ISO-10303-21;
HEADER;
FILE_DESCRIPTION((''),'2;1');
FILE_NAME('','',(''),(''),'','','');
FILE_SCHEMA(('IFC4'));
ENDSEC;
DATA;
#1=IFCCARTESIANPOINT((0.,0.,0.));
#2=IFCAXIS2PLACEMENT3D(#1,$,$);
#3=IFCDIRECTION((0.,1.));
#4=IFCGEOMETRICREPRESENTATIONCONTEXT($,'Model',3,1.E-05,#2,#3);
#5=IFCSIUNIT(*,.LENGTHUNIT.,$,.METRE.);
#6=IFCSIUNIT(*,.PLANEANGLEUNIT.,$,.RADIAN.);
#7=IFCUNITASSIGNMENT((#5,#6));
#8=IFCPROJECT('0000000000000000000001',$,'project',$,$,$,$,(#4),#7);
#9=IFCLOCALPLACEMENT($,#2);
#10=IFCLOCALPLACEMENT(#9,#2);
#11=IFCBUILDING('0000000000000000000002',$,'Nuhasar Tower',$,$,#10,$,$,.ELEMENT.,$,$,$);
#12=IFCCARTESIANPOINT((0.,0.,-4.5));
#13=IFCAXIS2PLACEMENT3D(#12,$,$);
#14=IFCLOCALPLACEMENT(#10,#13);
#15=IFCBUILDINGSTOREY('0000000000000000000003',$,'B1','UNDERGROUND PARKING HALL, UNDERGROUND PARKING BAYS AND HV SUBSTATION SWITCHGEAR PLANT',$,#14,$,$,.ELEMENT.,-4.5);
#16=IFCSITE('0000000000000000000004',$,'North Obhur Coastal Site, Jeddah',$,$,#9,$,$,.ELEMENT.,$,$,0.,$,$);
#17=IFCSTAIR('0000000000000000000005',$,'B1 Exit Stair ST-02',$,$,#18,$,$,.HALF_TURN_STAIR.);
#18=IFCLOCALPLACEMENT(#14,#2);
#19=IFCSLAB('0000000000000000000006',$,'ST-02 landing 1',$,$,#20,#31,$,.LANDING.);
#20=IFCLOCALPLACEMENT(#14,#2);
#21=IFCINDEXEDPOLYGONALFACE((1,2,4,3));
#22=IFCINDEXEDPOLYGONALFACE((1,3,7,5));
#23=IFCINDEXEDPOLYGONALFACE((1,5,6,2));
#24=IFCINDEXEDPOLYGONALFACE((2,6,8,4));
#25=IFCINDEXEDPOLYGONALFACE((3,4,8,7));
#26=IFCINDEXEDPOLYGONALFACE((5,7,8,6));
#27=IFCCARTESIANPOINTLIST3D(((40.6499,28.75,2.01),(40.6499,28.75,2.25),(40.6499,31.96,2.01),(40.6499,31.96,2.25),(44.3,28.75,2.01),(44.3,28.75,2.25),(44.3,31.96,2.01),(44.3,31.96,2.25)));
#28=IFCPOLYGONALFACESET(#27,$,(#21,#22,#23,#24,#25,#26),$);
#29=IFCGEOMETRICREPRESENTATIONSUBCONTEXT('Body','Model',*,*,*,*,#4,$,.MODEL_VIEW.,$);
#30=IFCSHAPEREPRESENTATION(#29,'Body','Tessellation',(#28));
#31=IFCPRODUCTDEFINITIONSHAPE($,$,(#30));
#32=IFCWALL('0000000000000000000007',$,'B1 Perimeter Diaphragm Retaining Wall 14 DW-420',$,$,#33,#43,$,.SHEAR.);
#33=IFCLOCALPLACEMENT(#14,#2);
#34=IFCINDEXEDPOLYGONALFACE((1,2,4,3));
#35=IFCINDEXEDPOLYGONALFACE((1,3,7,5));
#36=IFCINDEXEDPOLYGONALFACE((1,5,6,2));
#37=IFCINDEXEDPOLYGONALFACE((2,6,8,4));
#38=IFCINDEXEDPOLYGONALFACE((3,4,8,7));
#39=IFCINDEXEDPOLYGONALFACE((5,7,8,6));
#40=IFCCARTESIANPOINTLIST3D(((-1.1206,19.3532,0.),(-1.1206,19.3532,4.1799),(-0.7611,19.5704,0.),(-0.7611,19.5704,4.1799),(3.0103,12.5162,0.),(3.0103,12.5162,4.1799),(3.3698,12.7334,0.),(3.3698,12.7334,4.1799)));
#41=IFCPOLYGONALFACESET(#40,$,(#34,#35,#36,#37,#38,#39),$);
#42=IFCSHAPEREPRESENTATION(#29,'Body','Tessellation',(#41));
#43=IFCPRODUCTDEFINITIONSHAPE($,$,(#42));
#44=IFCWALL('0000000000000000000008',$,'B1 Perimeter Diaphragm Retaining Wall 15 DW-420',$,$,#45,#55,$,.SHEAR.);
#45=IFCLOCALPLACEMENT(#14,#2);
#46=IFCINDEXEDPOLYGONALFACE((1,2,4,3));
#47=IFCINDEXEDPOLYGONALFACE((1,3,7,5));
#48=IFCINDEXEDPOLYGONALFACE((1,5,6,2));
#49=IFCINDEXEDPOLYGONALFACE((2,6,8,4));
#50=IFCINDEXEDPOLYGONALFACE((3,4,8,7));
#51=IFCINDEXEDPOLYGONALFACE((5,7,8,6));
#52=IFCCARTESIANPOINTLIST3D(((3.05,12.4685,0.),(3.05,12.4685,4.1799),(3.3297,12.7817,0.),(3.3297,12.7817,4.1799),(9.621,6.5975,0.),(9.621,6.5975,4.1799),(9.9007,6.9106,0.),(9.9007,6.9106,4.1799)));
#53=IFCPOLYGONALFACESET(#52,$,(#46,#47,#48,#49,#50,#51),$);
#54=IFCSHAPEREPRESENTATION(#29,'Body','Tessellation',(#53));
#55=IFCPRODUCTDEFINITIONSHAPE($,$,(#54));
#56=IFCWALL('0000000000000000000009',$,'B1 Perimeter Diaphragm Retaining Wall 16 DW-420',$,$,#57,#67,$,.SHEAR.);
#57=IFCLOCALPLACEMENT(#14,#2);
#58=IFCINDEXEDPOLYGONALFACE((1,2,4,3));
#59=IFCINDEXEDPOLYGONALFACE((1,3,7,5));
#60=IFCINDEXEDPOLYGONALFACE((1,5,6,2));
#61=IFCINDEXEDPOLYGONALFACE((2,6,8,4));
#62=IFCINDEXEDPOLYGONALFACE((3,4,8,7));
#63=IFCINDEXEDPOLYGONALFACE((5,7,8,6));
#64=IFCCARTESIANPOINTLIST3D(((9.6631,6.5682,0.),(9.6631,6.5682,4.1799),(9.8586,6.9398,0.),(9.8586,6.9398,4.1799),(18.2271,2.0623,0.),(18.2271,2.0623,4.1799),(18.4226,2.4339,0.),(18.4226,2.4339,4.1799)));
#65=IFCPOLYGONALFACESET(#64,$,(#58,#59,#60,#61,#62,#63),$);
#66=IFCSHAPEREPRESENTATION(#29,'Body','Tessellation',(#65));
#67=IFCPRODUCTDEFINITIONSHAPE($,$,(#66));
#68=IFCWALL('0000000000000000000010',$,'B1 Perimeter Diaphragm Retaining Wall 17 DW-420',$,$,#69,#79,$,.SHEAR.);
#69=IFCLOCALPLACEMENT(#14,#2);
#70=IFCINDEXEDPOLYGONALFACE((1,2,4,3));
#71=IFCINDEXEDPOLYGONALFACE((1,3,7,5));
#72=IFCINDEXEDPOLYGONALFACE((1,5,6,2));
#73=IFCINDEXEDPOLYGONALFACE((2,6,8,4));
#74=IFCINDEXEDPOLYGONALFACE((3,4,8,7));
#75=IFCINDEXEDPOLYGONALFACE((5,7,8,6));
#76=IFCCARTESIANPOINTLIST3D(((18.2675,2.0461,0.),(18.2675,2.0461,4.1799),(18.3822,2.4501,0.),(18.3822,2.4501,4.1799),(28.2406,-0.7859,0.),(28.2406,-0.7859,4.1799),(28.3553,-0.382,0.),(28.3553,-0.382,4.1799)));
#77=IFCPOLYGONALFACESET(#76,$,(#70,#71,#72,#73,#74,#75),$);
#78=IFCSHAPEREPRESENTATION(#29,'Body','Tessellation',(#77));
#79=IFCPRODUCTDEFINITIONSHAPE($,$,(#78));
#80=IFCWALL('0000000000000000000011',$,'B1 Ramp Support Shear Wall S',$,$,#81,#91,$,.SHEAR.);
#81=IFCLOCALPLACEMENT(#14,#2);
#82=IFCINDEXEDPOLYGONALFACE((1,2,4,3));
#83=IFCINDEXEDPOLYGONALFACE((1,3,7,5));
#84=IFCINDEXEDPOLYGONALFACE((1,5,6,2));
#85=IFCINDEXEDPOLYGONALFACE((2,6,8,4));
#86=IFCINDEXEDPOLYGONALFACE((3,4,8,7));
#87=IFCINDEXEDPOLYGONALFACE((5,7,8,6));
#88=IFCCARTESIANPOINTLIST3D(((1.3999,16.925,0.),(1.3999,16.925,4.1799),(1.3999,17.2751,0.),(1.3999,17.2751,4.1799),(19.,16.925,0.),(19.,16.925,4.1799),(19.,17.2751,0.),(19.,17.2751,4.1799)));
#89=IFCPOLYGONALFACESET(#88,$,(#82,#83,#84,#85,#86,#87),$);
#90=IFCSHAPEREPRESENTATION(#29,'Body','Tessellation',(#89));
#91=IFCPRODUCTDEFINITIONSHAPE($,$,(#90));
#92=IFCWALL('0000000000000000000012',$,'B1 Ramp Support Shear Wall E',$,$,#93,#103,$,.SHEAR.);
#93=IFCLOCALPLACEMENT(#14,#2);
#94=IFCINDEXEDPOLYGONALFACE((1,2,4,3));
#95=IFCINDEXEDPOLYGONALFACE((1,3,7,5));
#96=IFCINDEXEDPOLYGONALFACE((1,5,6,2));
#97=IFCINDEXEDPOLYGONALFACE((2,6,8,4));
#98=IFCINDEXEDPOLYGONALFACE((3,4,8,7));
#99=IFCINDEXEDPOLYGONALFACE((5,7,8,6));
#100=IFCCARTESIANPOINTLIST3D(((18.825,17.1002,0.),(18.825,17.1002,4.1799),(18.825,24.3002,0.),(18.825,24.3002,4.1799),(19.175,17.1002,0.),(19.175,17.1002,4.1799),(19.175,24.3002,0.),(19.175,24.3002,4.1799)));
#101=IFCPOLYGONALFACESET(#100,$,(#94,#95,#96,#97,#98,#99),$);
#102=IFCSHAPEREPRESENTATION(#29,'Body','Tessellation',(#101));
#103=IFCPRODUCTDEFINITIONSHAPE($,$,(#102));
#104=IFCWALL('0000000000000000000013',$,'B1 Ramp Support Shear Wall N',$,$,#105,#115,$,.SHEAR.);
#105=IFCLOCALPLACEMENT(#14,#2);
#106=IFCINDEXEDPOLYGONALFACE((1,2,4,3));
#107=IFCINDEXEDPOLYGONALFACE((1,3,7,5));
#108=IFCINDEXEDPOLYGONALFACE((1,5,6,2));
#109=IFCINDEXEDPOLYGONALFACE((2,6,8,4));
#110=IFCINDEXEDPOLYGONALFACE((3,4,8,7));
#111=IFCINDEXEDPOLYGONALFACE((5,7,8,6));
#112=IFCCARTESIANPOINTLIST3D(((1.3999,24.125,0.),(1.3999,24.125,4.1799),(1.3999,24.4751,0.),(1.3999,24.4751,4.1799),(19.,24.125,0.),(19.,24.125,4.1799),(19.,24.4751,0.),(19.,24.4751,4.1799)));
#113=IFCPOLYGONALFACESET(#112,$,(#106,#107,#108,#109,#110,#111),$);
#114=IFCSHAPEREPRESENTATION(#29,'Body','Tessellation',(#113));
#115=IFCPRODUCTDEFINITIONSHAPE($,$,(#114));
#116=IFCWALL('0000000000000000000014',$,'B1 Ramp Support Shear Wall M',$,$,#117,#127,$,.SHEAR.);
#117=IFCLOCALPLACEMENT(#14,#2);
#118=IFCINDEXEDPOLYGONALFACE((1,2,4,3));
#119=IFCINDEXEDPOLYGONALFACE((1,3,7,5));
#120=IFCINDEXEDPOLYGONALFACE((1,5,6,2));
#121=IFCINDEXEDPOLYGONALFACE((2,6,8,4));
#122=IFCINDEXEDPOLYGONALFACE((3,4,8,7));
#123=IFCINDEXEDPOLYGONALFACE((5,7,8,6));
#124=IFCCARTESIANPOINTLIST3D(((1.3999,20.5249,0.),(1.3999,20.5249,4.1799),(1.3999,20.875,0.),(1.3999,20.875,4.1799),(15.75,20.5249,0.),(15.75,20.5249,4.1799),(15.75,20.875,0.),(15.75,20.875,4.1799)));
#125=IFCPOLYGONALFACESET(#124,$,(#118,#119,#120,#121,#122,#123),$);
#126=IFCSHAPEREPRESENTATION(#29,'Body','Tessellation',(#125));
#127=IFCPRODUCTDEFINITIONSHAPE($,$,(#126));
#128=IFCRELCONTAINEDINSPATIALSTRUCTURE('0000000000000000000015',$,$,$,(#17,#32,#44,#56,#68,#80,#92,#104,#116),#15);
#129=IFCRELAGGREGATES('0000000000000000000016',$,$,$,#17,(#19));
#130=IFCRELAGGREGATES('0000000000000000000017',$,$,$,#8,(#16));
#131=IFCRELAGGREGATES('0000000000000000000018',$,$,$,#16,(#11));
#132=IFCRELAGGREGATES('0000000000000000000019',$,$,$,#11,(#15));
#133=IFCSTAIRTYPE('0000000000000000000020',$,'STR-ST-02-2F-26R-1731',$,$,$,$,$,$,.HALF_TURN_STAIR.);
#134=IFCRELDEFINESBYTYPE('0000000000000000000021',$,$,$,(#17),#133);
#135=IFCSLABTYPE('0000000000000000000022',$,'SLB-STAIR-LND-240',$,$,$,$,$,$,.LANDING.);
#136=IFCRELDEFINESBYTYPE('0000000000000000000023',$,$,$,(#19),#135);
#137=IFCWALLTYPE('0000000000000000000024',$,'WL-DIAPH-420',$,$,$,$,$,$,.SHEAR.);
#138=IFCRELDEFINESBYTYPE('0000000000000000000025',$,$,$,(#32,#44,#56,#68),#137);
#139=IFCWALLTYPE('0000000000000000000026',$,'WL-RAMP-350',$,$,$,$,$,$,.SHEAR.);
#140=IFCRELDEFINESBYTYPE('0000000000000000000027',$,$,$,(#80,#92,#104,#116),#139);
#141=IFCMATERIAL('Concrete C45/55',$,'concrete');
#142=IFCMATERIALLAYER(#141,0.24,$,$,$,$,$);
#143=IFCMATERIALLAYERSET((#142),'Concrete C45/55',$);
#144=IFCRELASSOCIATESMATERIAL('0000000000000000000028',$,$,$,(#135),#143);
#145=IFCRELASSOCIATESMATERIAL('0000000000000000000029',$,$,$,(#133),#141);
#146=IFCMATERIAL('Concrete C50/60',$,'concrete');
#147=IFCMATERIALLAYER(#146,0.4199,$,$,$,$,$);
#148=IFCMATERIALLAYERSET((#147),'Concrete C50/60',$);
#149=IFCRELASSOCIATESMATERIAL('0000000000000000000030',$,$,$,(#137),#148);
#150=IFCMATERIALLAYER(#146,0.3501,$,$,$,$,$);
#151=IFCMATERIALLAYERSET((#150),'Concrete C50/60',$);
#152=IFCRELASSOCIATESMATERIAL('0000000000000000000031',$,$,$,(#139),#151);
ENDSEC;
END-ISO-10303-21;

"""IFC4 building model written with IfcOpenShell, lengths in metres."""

from ifc_helpers import new_model, si_unit, direction, frame, frame_2d, origin, place, context, subcontext, project, spatial, polyline, rectangle, outline, extrude, material, layer, layer_set, type_object, element, aggregate, save


model = new_model("IFC4")

# Units and contexts
model_context = context("Model", 3, precision=1e-05, world=origin(), true_north=direction((0.0, 1.0)))
body_context = subcontext(model_context, "Body", "Model", "MODEL_VIEW")
ifc_project = project(units=[si_unit("LENGTHUNIT", "METRE"), si_unit("PLANEANGLEUNIT", "RADIAN")], contexts=[model_context])

# Site, building, storey
site_placement = place(None, origin())
site = spatial("IfcSite", under=ifc_project, at=site_placement, Name="North Obhur Coastal Site, Jeddah", CompositionType="ELEMENT", RefElevation=0.0)
building_placement = place(site_placement, origin())
building = spatial("IfcBuilding", under=site, at=building_placement, Name="Nuhasar Tower", CompositionType="ELEMENT")
storey_placement = place(building_placement, frame((0.0, 0.0, -4.5)))
storey = spatial("IfcBuildingStorey", under=building, at=storey_placement, Name="B1", Description="UNDERGROUND PARKING HALL, UNDERGROUND PARKING BAYS AND HV SUBSTATION SWITCHGEAR PLANT", CompositionType="ELEMENT", Elevation=-4.5)

# Shared definitions
ifc_material_1 = material(Name="Concrete C50/60", Category="concrete")

# Shared definitions
ifc_material_2 = material(Name="Concrete C45/55", Category="concrete")

# Stair, slab
ifc_layer_1 = layer(ifc_material_2, 0.24)
ifc_layer_set_1 = layer_set([ifc_layer_1], Name="Concrete C45/55")
slab_type_1 = type_object("IfcSlabType", Name="SLB-STAIR-LND-240", PredefinedType="LANDING", material=ifc_layer_set_1)
stair_type_1 = type_object("IfcStairType", Name="STR-ST-02-2F-26R-1731", PredefinedType="HALF_TURN_STAIR", material=ifc_material_2)
stair_1_placement = place(storey_placement, origin())
stair_1 = element("IfcStair", 1, at=stair_1_placement, inside=storey, type_object=stair_type_1, Name="B1 Exit Stair ST-02", PredefinedType="HALF_TURN_STAIR")
slab_1_placement = place(storey_placement, frame((0.0, 0.0, 2.01)))
slab_1 = element("IfcSlab", 2, at=slab_1_placement, type_object=slab_type_1, Name="ST-02 landing 1", PredefinedType="LANDING", context=body_context, shape_type="SweptSolid", body=[
    extrude(outline(polyline([(40.6499, 28.75), (44.3, 28.75), (44.3, 31.96), (40.6499, 31.96), (40.6499, 28.75)])), origin(), (0.0, 0.0, 1.0), 0.24),
])
aggregate(stair_1, [slab_1])

# Walls
ifc_layer_2 = layer(ifc_material_1, 0.4199)
ifc_layer_set_2 = layer_set([ifc_layer_2], Name="Concrete C50/60")
wall_type_1 = type_object("IfcWallType", Name="WL-DIAPH-420", PredefinedType="SHEAR", material=ifc_layer_set_2)
wall_1_placement = place(storey_placement, frame((-0.9409, 19.4619, 0.0), z_axis=(0.0, 0.0, 1.0), x_axis=(0.517136, -0.855903, 0.0)))
element("IfcWall", 3, at=wall_1_placement, inside=storey, type_object=wall_type_1, Name="B1 Perimeter Diaphragm Retaining Wall 14 DW-420", PredefinedType="SHEAR", context=body_context, shape_type="SweptSolid", body=[
    extrude(rectangle(XDim=7.988, YDim=0.4199, at=frame_2d((3.9941, 0.0))), origin(), (0.0, 0.0, 1.0), 4.1799),
])
wall_2_placement = place(storey_placement, frame((3.1899, 12.625, 0.0), z_axis=(0.0, 0.0, 1.0), x_axis=(0.745707, -0.666274, 0.0)))
element("IfcWall", 4, at=wall_2_placement, inside=storey, type_object=wall_type_1, Name="B1 Perimeter Diaphragm Retaining Wall 15 DW-420", PredefinedType="SHEAR", context=body_context, shape_type="SweptSolid", body=[
    extrude(rectangle(XDim=8.8118, YDim=0.4199, at=frame_2d((4.4058, 0.0))), origin(), (0.0, 0.0, 1.0), 4.1799),
])
wall_3_placement = place(storey_placement, frame((9.761, 6.7539, 0.0), z_axis=(0.0, 0.0, 1.0), x_axis=(0.884982, -0.465626, 0.0)))
element("IfcWall", 5, at=wall_3_placement, inside=storey, type_object=wall_type_1, Name="B1 Perimeter Diaphragm Retaining Wall 16 DW-420", PredefinedType="SHEAR", context=body_context, shape_type="SweptSolid", body=[
    extrude(rectangle(XDim=9.677, YDim=0.4199, at=frame_2d((4.8384, 0.0))), origin(), (0.0, 0.0, 1.0), 4.1799),
])
wall_4_placement = place(storey_placement, frame((18.325, 2.248, 0.0), z_axis=(0.0, 0.0, 1.0), x_axis=(0.961967, -0.273166, 0.0)))
element("IfcWall", 6, at=wall_4_placement, inside=storey, type_object=wall_type_1, Name="B1 Perimeter Diaphragm Retaining Wall 17 DW-420", PredefinedType="SHEAR", context=body_context, shape_type="SweptSolid", body=[
    extrude(rectangle(XDim=10.3674, YDim=0.4199, at=frame_2d((5.1836, 0.0))), origin(), (0.0, 0.0, 1.0), 4.1799),
])
ifc_layer_3 = layer(ifc_material_1, 0.3501)
ifc_layer_set_3 = layer_set([ifc_layer_3], Name="Concrete C50/60")
wall_type_2 = type_object("IfcWallType", Name="WL-RAMP-350", PredefinedType="SHEAR", material=ifc_layer_set_3)
wall_5_placement = place(storey_placement, frame((1.3999, 17.1001, 0.0), z_axis=(0.0, 0.0, 1.0), x_axis=(1.0, 0.0, 0.0)))
element("IfcWall", 7, at=wall_5_placement, inside=storey, type_object=wall_type_2, Name="B1 Ramp Support Shear Wall S", PredefinedType="SHEAR", context=body_context, shape_type="SweptSolid", body=[
    extrude(rectangle(XDim=17.6001, YDim=0.3501, at=frame_2d((8.8, 0.0))), origin(), (0.0, 0.0, 1.0), 4.1799),
])
wall_6_placement = place(storey_placement, frame((19.0, 17.1001, 0.0), z_axis=(0.0, 0.0, 1.0), x_axis=(0.0, 1.0, 0.0)))
element("IfcWall", 8, at=wall_6_placement, inside=storey, type_object=wall_type_2, Name="B1 Ramp Support Shear Wall E", PredefinedType="SHEAR", context=body_context, shape_type="SweptSolid", body=[
    extrude(rectangle(XDim=7.2, YDim=0.3501, at=frame_2d((3.6001, 0.0))), origin(), (0.0, 0.0, 1.0), 4.1799),
])
wall_7_placement = place(storey_placement, frame((1.3999, 24.3, 0.0), z_axis=(0.0, 0.0, 1.0), x_axis=(1.0, 0.0, 0.0)))
element("IfcWall", 9, at=wall_7_placement, inside=storey, type_object=wall_type_2, Name="B1 Ramp Support Shear Wall N", PredefinedType="SHEAR", context=body_context, shape_type="SweptSolid", body=[
    extrude(rectangle(XDim=17.6001, YDim=0.3501, at=frame_2d((8.8, 0.0))), origin(), (0.0, 0.0, 1.0), 4.1799),
])
wall_8_placement = place(storey_placement, frame((1.3999, 20.7, 0.0), z_axis=(0.0, 0.0, 1.0), x_axis=(1.0, 0.0, 0.0)))
element("IfcWall", 10, at=wall_8_placement, inside=storey, type_object=wall_type_2, Name="B1 Ramp Support Shear Wall M", PredefinedType="SHEAR", context=body_context, shape_type="SweptSolid", body=[
    extrude(rectangle(XDim=14.3501, YDim=0.3501, at=frame_2d((7.175, 0.0))), origin(), (0.0, 0.0, 1.0), 4.1799),
])

save(model, "model.ifc")
